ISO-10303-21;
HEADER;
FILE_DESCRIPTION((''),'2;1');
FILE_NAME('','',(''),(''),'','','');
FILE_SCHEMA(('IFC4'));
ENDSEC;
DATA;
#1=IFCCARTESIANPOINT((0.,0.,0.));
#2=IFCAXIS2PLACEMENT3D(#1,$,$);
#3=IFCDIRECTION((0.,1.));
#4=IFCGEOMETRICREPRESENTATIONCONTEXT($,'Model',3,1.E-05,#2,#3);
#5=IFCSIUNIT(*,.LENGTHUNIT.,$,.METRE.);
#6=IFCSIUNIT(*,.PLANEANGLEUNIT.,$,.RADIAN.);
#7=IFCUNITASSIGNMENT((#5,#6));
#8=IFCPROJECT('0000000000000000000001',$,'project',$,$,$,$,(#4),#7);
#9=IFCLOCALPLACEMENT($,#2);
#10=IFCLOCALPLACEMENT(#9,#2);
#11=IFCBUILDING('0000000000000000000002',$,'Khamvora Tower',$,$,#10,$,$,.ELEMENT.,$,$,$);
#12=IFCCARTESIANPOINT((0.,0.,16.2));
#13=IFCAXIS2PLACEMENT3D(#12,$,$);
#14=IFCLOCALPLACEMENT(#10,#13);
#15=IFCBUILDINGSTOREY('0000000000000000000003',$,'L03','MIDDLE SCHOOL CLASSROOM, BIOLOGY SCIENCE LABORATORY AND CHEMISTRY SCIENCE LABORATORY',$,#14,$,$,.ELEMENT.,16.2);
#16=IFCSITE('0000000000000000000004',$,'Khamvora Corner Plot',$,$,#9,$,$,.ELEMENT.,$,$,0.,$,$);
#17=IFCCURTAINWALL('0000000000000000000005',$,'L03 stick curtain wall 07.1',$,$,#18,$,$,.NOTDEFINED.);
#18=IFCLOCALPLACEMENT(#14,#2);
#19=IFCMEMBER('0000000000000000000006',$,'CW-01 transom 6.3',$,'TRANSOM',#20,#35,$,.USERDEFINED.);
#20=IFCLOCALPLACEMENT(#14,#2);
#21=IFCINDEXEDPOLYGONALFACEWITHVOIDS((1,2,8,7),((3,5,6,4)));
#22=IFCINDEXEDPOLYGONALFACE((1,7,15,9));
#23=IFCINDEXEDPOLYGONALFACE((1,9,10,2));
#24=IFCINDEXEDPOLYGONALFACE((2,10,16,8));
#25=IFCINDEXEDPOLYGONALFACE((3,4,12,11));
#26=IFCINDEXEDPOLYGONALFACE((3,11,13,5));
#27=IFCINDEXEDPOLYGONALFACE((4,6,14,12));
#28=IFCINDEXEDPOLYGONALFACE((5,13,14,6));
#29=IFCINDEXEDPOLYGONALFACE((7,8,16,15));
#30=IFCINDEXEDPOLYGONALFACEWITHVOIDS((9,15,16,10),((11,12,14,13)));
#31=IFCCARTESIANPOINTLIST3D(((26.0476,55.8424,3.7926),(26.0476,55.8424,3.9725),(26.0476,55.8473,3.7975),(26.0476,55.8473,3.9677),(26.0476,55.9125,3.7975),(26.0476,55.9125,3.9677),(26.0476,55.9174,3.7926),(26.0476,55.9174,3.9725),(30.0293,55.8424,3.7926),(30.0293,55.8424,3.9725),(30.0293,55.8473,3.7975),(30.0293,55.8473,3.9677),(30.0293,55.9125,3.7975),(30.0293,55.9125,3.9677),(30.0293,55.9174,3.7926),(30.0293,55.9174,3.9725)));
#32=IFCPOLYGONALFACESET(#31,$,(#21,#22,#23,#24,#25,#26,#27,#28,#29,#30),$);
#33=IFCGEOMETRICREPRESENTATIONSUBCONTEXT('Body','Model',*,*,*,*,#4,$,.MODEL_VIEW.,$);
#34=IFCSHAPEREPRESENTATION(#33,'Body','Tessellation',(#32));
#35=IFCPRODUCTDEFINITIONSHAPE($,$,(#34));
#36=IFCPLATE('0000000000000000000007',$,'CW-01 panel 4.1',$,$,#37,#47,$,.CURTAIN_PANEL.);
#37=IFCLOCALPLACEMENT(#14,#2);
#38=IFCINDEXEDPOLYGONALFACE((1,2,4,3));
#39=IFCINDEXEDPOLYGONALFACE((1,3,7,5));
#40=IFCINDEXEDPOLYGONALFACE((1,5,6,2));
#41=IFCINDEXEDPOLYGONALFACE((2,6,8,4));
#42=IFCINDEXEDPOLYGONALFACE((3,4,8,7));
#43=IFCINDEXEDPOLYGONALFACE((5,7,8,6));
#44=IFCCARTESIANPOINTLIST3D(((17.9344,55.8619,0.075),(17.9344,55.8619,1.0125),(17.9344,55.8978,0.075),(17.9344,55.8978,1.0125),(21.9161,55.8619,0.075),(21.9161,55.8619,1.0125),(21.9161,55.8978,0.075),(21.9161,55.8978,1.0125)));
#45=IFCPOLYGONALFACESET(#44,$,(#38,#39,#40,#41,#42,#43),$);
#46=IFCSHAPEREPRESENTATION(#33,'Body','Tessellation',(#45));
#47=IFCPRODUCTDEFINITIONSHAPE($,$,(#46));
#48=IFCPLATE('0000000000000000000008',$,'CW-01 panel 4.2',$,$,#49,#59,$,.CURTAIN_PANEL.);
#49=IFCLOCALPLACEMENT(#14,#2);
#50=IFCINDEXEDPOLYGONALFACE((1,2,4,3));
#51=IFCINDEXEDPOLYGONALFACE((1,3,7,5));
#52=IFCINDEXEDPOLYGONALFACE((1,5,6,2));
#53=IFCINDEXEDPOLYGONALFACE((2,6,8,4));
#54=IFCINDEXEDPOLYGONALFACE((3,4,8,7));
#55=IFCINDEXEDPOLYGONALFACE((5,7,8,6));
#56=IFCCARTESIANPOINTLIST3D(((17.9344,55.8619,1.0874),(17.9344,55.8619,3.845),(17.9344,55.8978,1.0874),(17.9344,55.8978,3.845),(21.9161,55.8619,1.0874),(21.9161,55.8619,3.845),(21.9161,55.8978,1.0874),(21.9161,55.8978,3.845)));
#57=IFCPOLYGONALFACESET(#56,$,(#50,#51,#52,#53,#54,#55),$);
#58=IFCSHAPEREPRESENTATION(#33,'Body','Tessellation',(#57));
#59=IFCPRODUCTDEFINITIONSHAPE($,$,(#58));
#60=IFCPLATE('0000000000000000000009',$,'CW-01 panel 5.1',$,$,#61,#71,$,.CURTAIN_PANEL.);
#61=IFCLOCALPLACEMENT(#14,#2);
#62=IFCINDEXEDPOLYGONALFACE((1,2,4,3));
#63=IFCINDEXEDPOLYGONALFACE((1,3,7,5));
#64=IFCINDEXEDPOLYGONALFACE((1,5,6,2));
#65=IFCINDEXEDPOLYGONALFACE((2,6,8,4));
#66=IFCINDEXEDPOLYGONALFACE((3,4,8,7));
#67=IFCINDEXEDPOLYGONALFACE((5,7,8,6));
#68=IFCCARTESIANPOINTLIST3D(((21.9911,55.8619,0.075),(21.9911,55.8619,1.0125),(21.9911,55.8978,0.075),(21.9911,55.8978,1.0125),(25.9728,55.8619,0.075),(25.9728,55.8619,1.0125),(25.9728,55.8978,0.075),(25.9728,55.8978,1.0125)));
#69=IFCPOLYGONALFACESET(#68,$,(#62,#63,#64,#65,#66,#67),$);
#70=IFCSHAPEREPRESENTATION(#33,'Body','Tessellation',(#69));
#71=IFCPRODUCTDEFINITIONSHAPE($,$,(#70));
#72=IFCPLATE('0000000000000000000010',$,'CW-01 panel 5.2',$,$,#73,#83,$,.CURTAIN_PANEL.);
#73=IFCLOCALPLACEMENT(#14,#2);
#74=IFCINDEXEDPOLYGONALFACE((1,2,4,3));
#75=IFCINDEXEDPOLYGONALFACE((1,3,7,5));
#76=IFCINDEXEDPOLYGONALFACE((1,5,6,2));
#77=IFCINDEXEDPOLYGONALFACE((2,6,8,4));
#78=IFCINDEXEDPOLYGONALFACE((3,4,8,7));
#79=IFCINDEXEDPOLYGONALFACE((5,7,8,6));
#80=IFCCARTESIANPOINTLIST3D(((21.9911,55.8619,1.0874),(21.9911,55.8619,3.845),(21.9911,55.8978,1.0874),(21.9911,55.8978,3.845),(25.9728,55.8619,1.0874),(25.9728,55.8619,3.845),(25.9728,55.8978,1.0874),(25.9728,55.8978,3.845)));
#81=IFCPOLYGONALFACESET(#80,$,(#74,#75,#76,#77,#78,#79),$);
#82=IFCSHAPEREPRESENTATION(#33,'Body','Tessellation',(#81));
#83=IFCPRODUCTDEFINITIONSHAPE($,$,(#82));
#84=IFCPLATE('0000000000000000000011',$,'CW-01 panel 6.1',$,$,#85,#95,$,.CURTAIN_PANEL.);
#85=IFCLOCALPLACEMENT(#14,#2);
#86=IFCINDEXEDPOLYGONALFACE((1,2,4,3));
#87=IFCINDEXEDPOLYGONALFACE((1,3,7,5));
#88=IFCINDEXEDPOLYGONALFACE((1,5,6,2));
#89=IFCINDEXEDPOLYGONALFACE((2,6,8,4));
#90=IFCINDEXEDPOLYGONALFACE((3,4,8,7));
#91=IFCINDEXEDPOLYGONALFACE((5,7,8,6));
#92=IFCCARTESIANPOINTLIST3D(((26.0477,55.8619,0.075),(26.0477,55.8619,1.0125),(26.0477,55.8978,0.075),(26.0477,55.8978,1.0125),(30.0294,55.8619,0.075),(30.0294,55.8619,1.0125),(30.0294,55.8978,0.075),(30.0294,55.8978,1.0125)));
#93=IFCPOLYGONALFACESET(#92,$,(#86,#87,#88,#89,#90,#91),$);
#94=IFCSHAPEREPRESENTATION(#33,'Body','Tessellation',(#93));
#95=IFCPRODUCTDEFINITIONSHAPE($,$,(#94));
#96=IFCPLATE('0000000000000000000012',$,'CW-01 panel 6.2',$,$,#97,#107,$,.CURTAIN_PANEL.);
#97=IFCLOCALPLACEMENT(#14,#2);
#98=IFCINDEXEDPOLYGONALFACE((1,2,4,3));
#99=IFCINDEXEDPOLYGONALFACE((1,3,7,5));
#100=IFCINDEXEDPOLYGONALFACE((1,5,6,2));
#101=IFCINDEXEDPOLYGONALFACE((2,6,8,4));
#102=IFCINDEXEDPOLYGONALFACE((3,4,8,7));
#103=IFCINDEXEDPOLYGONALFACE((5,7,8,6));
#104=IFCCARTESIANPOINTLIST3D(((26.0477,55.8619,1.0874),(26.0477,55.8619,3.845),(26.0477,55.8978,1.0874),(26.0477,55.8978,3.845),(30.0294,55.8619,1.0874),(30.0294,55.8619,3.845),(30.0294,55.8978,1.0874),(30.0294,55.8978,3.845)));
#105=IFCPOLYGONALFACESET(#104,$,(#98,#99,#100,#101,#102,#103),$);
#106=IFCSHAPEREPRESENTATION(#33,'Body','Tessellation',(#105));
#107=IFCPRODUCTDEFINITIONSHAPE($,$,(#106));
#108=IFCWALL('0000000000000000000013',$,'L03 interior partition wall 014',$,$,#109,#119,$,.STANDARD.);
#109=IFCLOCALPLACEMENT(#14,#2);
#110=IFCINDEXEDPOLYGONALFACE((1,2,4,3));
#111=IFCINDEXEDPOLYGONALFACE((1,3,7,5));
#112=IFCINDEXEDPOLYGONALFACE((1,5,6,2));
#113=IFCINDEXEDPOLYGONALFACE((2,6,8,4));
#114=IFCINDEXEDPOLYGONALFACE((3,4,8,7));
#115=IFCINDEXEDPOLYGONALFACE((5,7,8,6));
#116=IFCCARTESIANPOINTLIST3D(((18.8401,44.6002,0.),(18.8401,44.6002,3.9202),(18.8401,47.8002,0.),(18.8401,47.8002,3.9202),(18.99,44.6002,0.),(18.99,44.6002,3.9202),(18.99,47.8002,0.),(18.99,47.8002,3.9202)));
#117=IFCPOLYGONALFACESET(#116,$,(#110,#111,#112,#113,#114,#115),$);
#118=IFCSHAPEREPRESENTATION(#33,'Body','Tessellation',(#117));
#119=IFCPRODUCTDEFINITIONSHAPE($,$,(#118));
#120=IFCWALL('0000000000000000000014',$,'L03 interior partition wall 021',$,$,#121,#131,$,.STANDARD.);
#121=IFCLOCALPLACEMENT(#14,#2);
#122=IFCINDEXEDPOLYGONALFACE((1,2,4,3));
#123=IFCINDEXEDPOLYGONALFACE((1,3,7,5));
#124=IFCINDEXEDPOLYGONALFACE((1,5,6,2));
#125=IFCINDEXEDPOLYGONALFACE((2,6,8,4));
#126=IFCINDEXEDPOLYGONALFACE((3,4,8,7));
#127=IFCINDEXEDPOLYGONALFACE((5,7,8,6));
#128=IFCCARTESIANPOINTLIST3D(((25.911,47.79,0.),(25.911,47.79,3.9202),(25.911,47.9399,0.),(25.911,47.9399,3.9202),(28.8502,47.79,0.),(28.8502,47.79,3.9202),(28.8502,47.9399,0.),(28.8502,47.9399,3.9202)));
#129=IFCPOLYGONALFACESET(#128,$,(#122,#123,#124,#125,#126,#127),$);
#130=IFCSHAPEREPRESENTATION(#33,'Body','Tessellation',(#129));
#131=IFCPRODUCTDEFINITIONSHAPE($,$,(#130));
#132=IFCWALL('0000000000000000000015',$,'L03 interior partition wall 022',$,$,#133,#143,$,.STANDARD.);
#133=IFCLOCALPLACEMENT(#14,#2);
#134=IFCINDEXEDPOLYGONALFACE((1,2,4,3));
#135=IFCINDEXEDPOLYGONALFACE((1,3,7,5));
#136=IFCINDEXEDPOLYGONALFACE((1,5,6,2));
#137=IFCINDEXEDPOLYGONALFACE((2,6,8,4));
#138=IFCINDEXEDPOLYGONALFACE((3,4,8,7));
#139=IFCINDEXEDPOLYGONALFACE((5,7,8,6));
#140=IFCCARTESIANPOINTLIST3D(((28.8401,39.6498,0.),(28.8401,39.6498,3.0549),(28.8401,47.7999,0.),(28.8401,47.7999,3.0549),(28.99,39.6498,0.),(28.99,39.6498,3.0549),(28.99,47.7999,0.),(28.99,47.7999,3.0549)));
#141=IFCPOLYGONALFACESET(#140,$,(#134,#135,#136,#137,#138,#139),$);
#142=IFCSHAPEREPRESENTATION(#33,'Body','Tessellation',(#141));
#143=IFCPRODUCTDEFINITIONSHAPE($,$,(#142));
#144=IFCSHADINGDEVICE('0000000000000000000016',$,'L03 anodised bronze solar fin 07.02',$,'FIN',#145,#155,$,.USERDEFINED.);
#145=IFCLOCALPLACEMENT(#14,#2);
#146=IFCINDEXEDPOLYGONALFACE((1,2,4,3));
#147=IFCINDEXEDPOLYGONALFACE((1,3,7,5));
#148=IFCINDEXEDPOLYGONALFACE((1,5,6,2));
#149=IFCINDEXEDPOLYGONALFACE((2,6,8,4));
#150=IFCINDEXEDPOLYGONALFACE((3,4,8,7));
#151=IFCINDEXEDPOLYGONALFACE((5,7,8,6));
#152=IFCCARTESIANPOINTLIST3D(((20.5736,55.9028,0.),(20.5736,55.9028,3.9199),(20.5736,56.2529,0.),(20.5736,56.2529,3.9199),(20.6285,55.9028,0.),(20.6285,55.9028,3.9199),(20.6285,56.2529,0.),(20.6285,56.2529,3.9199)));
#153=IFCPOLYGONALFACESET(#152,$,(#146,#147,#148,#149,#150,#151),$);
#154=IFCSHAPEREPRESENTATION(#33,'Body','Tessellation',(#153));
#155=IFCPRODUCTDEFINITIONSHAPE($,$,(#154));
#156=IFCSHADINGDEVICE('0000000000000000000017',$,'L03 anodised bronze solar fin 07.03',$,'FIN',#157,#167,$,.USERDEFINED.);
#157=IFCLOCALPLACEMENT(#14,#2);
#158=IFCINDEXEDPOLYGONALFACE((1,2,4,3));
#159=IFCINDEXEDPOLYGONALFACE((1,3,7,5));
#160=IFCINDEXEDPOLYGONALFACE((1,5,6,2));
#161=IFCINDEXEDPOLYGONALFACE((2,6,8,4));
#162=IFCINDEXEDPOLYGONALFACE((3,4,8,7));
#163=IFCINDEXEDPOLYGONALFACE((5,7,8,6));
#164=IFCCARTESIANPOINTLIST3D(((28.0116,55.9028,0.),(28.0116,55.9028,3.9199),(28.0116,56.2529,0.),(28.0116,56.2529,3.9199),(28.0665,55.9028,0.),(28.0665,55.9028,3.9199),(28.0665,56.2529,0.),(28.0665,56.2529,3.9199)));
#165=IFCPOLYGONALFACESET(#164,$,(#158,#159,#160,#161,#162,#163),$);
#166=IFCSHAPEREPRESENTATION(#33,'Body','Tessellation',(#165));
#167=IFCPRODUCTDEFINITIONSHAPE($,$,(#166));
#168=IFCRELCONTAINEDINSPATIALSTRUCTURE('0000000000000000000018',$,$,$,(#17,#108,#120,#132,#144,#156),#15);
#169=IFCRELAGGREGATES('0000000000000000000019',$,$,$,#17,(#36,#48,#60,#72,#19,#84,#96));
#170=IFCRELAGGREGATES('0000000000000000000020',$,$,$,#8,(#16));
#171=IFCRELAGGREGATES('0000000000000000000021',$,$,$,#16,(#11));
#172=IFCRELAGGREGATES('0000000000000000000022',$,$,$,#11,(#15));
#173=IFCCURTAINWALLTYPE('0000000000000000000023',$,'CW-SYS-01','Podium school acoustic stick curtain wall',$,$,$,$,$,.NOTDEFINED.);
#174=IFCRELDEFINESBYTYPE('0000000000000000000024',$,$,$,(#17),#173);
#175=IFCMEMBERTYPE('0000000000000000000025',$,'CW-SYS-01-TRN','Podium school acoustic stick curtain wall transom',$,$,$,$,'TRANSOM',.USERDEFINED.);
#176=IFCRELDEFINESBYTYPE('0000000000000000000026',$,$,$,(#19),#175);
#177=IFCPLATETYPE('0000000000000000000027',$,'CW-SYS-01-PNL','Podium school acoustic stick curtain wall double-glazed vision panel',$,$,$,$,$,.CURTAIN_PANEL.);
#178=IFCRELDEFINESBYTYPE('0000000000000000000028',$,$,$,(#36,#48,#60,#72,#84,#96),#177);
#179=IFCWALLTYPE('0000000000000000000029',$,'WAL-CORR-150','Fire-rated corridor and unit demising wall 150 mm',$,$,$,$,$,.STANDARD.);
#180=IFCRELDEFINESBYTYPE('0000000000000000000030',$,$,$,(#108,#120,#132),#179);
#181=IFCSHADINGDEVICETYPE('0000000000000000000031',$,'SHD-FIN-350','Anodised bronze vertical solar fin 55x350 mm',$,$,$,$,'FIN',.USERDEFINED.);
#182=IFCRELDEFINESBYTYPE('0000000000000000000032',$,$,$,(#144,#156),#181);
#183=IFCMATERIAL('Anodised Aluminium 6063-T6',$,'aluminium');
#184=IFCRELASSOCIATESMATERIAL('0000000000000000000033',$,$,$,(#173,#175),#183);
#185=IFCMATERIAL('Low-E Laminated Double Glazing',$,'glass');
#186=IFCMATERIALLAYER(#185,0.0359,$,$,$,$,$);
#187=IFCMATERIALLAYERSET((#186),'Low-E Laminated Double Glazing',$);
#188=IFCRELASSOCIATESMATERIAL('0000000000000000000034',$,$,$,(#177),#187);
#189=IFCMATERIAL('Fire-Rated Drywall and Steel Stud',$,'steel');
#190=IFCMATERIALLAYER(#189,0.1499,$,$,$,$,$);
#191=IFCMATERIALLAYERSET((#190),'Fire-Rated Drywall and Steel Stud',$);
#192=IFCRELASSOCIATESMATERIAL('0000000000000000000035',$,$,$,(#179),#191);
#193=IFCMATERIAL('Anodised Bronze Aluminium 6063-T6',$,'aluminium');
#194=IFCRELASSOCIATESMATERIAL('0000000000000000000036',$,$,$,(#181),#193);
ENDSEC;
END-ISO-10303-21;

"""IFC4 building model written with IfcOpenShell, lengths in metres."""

from ifc_helpers import new_model, si_unit, direction, frame, frame_2d, origin, origin_2d, place, context, subcontext, project, spatial, rectangle, hollow_rectangle, extrude, material, layer, layer_set, material_profile, profile_set, type_object, element, aggregate, save


model = new_model("IFC4")

# Units and contexts
model_context = context("Model", 3, precision=1e-05, world=origin(), true_north=direction((0.0, 1.0)))
body_context = subcontext(model_context, "Body", "Model", "MODEL_VIEW")
ifc_project = project(units=[si_unit("LENGTHUNIT", "METRE"), si_unit("PLANEANGLEUNIT", "RADIAN")], contexts=[model_context])

# Site, building, storey
site_placement = place(None, origin())
site = spatial("IfcSite", under=ifc_project, at=site_placement, Name="Khamvora Corner Plot", CompositionType="ELEMENT", RefElevation=0.0)
building_placement = place(site_placement, origin())
building = spatial("IfcBuilding", under=site, at=building_placement, Name="Khamvora Tower", CompositionType="ELEMENT")
storey_placement = place(building_placement, frame((0.0, 0.0, 16.2)))
storey = spatial("IfcBuildingStorey", under=building, at=storey_placement, Name="L03", Description="MIDDLE SCHOOL CLASSROOM, BIOLOGY SCIENCE LABORATORY AND CHEMISTRY SCIENCE LABORATORY", CompositionType="ELEMENT", Elevation=16.2)

# Curtain wall, member, plates
ifc_material_1 = material(Name="Anodised Aluminium 6063-T6", Category="aluminium")
curtain_wall_type = type_object("IfcCurtainWallType", Name="CW-SYS-01", Description="Podium school acoustic stick curtain wall", PredefinedType="NOTDEFINED", material=ifc_material_1)
curtain_wall_placement = place(storey_placement, origin())
curtain_wall = element("IfcCurtainWall", 1, at=curtain_wall_placement, inside=storey, type_object=curtain_wall_type, Name="L03 stick curtain wall 07.1", PredefinedType="NOTDEFINED")
ifc_material_profile_1 = material_profile(ifc_material_1, hollow_rectangle(XDim=0.075, YDim=0.1799, WallThickness=0.0049, at=origin_2d()), Name="TRN75x180x5")
ifc_profile_set_1 = profile_set([ifc_material_profile_1], Name="Anodised Aluminium 6063-T6")
member_type_1 = type_object("IfcMemberType", Name="CW-SYS-01-TRN", Description="Podium school acoustic stick curtain wall transom", ElementType="TRANSOM", PredefinedType="USERDEFINED", material=ifc_profile_set_1)
member_1_placement = place(storey_placement, frame((26.0476, 55.8799, 3.8826), z_axis=(1.0, 0.0, 0.0), x_axis=(0.0, 1.0, 0.0)))
member_1 = element("IfcMember", 2, at=member_1_placement, type_object=member_type_1, Name="CW-01 transom 6.3", ObjectType="TRANSOM", PredefinedType="USERDEFINED", context=body_context, shape_type="SweptSolid", body=[
    extrude(hollow_rectangle(XDim=0.075, YDim=0.1799, WallThickness=0.0049, at=origin_2d()), origin(), (0.0, 0.0, 1.0), 3.9817),
])
ifc_material_2 = material(Name="Low-E Laminated Double Glazing", Category="glass")
ifc_layer_1 = layer(ifc_material_2, 0.0359)
ifc_layer_set_1 = layer_set([ifc_layer_1], Name="Low-E Laminated Double Glazing")
plate_type = type_object("IfcPlateType", Name="CW-SYS-01-PNL", Description="Podium school acoustic stick curtain wall double-glazed vision panel", PredefinedType="CURTAIN_PANEL", material=ifc_layer_set_1)
plate_1_placement = place(storey_placement, frame((19.9253, 55.8799, 0.075), z_axis=(0.0, 0.0, 1.0), x_axis=(1.0, 0.0, 0.0)))
plate_1 = element("IfcPlate", 3, at=plate_1_placement, type_object=plate_type, Name="CW-01 panel 4.1", PredefinedType="CURTAIN_PANEL", context=body_context, shape_type="SweptSolid", body=[
    extrude(rectangle(XDim=3.9817, YDim=0.0359, at=origin_2d()), origin(), (0.0, 0.0, 1.0), 0.9375),
])
plate_2_placement = place(storey_placement, frame((19.9253, 55.8799, 1.0874), z_axis=(0.0, 0.0, 1.0), x_axis=(1.0, 0.0, 0.0)))
plate_2 = element("IfcPlate", 4, at=plate_2_placement, type_object=plate_type, Name="CW-01 panel 4.2", PredefinedType="CURTAIN_PANEL", context=body_context, shape_type="SweptSolid", body=[
    extrude(rectangle(XDim=3.9817, YDim=0.0359, at=origin_2d()), origin(), (0.0, 0.0, 1.0), 2.7576),
])
plate_3_placement = place(storey_placement, frame((23.9819, 55.8799, 0.075), z_axis=(0.0, 0.0, 1.0), x_axis=(1.0, 0.0, 0.0)))
plate_3 = element("IfcPlate", 5, at=plate_3_placement, type_object=plate_type, Name="CW-01 panel 5.1", PredefinedType="CURTAIN_PANEL", context=body_context, shape_type="SweptSolid", body=[
    extrude(rectangle(XDim=3.9817, YDim=0.0359, at=origin_2d()), origin(), (0.0, 0.0, 1.0), 0.9375),
])
plate_4_placement = place(storey_placement, frame((23.9819, 55.8799, 1.0874), z_axis=(0.0, 0.0, 1.0), x_axis=(1.0, 0.0, 0.0)))
plate_4 = element("IfcPlate", 6, at=plate_4_placement, type_object=plate_type, Name="CW-01 panel 5.2", PredefinedType="CURTAIN_PANEL", context=body_context, shape_type="SweptSolid", body=[
    extrude(rectangle(XDim=3.9817, YDim=0.0359, at=origin_2d()), origin(), (0.0, 0.0, 1.0), 2.7576),
])
plate_5_placement = place(storey_placement, frame((28.0386, 55.8799, 0.075), z_axis=(0.0, 0.0, 1.0), x_axis=(1.0, 0.0, 0.0)))
plate_5 = element("IfcPlate", 7, at=plate_5_placement, type_object=plate_type, Name="CW-01 panel 6.1", PredefinedType="CURTAIN_PANEL", context=body_context, shape_type="SweptSolid", body=[
    extrude(rectangle(XDim=3.9817, YDim=0.0359, at=origin_2d()), origin(), (0.0, 0.0, 1.0), 0.9375),
])
plate_6_placement = place(storey_placement, frame((28.0386, 55.8799, 1.0874), z_axis=(0.0, 0.0, 1.0), x_axis=(1.0, 0.0, 0.0)))
plate_6 = element("IfcPlate", 8, at=plate_6_placement, type_object=plate_type, Name="CW-01 panel 6.2", PredefinedType="CURTAIN_PANEL", context=body_context, shape_type="SweptSolid", body=[
    extrude(rectangle(XDim=3.9817, YDim=0.0359, at=origin_2d()), origin(), (0.0, 0.0, 1.0), 2.7576),
])
aggregate(curtain_wall, [plate_1, plate_2, plate_3, plate_4, member_1, plate_5, plate_6])

# Walls
ifc_material_3 = material(Name="Fire-Rated Drywall and Steel Stud", Category="steel")
ifc_layer_2 = layer(ifc_material_3, 0.1499)
ifc_layer_set_2 = layer_set([ifc_layer_2], Name="Fire-Rated Drywall and Steel Stud")
wall_type = type_object("IfcWallType", Name="WAL-CORR-150", Description="Fire-rated corridor and unit demising wall 150 mm", PredefinedType="STANDARD", material=ifc_layer_set_2)
wall_1_placement = place(storey_placement, frame((18.915, 44.6001, 0.0), z_axis=(0.0, 0.0, 1.0), x_axis=(0.0, 1.0, 0.0)))
element("IfcWall", 9, at=wall_1_placement, inside=storey, type_object=wall_type, Name="L03 interior partition wall 014", PredefinedType="STANDARD", context=body_context, shape_type="SweptSolid", body=[
    extrude(rectangle(XDim=3.2, YDim=0.1499, at=frame_2d((1.6001, 0.0))), origin(), (0.0, 0.0, 1.0), 3.9202),
])
wall_2_placement = place(storey_placement, frame((25.9109, 47.865, 0.0), z_axis=(0.0, 0.0, 1.0), x_axis=(1.0, 0.0, 0.0)))
element("IfcWall", 10, at=wall_2_placement, inside=storey, type_object=wall_type, Name="L03 interior partition wall 021", PredefinedType="STANDARD", context=body_context, shape_type="SweptSolid", body=[
    extrude(rectangle(XDim=2.9392, YDim=0.1499, at=frame_2d((1.4697, 0.0))), origin(), (0.0, 0.0, 1.0), 3.9202),
])
wall_3_placement = place(storey_placement, frame((28.915, 47.8, 0.0), z_axis=(0.0, 0.0, 1.0), x_axis=(0.0, -1.0, 0.0)))
element("IfcWall", 11, at=wall_3_placement, inside=storey, type_object=wall_type, Name="L03 interior partition wall 022", PredefinedType="STANDARD", context=body_context, shape_type="SweptSolid", body=[
    extrude(rectangle(XDim=8.1501, YDim=0.1499, at=frame_2d((4.0752, 0.0))), origin(), (0.0, 0.0, 1.0), 3.0549),
])

# Shading devices
ifc_material_4 = material(Name="Anodised Bronze Aluminium 6063-T6", Category="aluminium")
shading_device_type = type_object("IfcShadingDeviceType", Name="SHD-FIN-350", Description="Anodised bronze vertical solar fin 55x350 mm", ElementType="FIN", PredefinedType="USERDEFINED", material=ifc_material_4)
for number, where, z_axis, x_axis, name in (
    (12, (20.6011, 56.0779, 0.0), (0.0, 0.0, 1.0), (1.0, 0.0, 0.0), "L03 anodised bronze solar fin 07.02"),
    (13, (28.0391, 56.0779, 0.0), (0.0, 0.0, 1.0), (1.0, 0.0, 0.0), "L03 anodised bronze solar fin 07.03"),
):
    element("IfcShadingDevice", number, at=place(storey_placement, frame(where, z_axis=z_axis, x_axis=x_axis)), inside=storey, type_object=shading_device_type, Name=name, ObjectType="FIN", PredefinedType="USERDEFINED", context=body_context, shape_type="SweptSolid", body=[
        extrude(rectangle(XDim=0.0549, YDim=0.3501, at=origin_2d()), origin(), (0.0, 0.0, 1.0), 3.9199),
    ])

save(model, "model.ifc")
